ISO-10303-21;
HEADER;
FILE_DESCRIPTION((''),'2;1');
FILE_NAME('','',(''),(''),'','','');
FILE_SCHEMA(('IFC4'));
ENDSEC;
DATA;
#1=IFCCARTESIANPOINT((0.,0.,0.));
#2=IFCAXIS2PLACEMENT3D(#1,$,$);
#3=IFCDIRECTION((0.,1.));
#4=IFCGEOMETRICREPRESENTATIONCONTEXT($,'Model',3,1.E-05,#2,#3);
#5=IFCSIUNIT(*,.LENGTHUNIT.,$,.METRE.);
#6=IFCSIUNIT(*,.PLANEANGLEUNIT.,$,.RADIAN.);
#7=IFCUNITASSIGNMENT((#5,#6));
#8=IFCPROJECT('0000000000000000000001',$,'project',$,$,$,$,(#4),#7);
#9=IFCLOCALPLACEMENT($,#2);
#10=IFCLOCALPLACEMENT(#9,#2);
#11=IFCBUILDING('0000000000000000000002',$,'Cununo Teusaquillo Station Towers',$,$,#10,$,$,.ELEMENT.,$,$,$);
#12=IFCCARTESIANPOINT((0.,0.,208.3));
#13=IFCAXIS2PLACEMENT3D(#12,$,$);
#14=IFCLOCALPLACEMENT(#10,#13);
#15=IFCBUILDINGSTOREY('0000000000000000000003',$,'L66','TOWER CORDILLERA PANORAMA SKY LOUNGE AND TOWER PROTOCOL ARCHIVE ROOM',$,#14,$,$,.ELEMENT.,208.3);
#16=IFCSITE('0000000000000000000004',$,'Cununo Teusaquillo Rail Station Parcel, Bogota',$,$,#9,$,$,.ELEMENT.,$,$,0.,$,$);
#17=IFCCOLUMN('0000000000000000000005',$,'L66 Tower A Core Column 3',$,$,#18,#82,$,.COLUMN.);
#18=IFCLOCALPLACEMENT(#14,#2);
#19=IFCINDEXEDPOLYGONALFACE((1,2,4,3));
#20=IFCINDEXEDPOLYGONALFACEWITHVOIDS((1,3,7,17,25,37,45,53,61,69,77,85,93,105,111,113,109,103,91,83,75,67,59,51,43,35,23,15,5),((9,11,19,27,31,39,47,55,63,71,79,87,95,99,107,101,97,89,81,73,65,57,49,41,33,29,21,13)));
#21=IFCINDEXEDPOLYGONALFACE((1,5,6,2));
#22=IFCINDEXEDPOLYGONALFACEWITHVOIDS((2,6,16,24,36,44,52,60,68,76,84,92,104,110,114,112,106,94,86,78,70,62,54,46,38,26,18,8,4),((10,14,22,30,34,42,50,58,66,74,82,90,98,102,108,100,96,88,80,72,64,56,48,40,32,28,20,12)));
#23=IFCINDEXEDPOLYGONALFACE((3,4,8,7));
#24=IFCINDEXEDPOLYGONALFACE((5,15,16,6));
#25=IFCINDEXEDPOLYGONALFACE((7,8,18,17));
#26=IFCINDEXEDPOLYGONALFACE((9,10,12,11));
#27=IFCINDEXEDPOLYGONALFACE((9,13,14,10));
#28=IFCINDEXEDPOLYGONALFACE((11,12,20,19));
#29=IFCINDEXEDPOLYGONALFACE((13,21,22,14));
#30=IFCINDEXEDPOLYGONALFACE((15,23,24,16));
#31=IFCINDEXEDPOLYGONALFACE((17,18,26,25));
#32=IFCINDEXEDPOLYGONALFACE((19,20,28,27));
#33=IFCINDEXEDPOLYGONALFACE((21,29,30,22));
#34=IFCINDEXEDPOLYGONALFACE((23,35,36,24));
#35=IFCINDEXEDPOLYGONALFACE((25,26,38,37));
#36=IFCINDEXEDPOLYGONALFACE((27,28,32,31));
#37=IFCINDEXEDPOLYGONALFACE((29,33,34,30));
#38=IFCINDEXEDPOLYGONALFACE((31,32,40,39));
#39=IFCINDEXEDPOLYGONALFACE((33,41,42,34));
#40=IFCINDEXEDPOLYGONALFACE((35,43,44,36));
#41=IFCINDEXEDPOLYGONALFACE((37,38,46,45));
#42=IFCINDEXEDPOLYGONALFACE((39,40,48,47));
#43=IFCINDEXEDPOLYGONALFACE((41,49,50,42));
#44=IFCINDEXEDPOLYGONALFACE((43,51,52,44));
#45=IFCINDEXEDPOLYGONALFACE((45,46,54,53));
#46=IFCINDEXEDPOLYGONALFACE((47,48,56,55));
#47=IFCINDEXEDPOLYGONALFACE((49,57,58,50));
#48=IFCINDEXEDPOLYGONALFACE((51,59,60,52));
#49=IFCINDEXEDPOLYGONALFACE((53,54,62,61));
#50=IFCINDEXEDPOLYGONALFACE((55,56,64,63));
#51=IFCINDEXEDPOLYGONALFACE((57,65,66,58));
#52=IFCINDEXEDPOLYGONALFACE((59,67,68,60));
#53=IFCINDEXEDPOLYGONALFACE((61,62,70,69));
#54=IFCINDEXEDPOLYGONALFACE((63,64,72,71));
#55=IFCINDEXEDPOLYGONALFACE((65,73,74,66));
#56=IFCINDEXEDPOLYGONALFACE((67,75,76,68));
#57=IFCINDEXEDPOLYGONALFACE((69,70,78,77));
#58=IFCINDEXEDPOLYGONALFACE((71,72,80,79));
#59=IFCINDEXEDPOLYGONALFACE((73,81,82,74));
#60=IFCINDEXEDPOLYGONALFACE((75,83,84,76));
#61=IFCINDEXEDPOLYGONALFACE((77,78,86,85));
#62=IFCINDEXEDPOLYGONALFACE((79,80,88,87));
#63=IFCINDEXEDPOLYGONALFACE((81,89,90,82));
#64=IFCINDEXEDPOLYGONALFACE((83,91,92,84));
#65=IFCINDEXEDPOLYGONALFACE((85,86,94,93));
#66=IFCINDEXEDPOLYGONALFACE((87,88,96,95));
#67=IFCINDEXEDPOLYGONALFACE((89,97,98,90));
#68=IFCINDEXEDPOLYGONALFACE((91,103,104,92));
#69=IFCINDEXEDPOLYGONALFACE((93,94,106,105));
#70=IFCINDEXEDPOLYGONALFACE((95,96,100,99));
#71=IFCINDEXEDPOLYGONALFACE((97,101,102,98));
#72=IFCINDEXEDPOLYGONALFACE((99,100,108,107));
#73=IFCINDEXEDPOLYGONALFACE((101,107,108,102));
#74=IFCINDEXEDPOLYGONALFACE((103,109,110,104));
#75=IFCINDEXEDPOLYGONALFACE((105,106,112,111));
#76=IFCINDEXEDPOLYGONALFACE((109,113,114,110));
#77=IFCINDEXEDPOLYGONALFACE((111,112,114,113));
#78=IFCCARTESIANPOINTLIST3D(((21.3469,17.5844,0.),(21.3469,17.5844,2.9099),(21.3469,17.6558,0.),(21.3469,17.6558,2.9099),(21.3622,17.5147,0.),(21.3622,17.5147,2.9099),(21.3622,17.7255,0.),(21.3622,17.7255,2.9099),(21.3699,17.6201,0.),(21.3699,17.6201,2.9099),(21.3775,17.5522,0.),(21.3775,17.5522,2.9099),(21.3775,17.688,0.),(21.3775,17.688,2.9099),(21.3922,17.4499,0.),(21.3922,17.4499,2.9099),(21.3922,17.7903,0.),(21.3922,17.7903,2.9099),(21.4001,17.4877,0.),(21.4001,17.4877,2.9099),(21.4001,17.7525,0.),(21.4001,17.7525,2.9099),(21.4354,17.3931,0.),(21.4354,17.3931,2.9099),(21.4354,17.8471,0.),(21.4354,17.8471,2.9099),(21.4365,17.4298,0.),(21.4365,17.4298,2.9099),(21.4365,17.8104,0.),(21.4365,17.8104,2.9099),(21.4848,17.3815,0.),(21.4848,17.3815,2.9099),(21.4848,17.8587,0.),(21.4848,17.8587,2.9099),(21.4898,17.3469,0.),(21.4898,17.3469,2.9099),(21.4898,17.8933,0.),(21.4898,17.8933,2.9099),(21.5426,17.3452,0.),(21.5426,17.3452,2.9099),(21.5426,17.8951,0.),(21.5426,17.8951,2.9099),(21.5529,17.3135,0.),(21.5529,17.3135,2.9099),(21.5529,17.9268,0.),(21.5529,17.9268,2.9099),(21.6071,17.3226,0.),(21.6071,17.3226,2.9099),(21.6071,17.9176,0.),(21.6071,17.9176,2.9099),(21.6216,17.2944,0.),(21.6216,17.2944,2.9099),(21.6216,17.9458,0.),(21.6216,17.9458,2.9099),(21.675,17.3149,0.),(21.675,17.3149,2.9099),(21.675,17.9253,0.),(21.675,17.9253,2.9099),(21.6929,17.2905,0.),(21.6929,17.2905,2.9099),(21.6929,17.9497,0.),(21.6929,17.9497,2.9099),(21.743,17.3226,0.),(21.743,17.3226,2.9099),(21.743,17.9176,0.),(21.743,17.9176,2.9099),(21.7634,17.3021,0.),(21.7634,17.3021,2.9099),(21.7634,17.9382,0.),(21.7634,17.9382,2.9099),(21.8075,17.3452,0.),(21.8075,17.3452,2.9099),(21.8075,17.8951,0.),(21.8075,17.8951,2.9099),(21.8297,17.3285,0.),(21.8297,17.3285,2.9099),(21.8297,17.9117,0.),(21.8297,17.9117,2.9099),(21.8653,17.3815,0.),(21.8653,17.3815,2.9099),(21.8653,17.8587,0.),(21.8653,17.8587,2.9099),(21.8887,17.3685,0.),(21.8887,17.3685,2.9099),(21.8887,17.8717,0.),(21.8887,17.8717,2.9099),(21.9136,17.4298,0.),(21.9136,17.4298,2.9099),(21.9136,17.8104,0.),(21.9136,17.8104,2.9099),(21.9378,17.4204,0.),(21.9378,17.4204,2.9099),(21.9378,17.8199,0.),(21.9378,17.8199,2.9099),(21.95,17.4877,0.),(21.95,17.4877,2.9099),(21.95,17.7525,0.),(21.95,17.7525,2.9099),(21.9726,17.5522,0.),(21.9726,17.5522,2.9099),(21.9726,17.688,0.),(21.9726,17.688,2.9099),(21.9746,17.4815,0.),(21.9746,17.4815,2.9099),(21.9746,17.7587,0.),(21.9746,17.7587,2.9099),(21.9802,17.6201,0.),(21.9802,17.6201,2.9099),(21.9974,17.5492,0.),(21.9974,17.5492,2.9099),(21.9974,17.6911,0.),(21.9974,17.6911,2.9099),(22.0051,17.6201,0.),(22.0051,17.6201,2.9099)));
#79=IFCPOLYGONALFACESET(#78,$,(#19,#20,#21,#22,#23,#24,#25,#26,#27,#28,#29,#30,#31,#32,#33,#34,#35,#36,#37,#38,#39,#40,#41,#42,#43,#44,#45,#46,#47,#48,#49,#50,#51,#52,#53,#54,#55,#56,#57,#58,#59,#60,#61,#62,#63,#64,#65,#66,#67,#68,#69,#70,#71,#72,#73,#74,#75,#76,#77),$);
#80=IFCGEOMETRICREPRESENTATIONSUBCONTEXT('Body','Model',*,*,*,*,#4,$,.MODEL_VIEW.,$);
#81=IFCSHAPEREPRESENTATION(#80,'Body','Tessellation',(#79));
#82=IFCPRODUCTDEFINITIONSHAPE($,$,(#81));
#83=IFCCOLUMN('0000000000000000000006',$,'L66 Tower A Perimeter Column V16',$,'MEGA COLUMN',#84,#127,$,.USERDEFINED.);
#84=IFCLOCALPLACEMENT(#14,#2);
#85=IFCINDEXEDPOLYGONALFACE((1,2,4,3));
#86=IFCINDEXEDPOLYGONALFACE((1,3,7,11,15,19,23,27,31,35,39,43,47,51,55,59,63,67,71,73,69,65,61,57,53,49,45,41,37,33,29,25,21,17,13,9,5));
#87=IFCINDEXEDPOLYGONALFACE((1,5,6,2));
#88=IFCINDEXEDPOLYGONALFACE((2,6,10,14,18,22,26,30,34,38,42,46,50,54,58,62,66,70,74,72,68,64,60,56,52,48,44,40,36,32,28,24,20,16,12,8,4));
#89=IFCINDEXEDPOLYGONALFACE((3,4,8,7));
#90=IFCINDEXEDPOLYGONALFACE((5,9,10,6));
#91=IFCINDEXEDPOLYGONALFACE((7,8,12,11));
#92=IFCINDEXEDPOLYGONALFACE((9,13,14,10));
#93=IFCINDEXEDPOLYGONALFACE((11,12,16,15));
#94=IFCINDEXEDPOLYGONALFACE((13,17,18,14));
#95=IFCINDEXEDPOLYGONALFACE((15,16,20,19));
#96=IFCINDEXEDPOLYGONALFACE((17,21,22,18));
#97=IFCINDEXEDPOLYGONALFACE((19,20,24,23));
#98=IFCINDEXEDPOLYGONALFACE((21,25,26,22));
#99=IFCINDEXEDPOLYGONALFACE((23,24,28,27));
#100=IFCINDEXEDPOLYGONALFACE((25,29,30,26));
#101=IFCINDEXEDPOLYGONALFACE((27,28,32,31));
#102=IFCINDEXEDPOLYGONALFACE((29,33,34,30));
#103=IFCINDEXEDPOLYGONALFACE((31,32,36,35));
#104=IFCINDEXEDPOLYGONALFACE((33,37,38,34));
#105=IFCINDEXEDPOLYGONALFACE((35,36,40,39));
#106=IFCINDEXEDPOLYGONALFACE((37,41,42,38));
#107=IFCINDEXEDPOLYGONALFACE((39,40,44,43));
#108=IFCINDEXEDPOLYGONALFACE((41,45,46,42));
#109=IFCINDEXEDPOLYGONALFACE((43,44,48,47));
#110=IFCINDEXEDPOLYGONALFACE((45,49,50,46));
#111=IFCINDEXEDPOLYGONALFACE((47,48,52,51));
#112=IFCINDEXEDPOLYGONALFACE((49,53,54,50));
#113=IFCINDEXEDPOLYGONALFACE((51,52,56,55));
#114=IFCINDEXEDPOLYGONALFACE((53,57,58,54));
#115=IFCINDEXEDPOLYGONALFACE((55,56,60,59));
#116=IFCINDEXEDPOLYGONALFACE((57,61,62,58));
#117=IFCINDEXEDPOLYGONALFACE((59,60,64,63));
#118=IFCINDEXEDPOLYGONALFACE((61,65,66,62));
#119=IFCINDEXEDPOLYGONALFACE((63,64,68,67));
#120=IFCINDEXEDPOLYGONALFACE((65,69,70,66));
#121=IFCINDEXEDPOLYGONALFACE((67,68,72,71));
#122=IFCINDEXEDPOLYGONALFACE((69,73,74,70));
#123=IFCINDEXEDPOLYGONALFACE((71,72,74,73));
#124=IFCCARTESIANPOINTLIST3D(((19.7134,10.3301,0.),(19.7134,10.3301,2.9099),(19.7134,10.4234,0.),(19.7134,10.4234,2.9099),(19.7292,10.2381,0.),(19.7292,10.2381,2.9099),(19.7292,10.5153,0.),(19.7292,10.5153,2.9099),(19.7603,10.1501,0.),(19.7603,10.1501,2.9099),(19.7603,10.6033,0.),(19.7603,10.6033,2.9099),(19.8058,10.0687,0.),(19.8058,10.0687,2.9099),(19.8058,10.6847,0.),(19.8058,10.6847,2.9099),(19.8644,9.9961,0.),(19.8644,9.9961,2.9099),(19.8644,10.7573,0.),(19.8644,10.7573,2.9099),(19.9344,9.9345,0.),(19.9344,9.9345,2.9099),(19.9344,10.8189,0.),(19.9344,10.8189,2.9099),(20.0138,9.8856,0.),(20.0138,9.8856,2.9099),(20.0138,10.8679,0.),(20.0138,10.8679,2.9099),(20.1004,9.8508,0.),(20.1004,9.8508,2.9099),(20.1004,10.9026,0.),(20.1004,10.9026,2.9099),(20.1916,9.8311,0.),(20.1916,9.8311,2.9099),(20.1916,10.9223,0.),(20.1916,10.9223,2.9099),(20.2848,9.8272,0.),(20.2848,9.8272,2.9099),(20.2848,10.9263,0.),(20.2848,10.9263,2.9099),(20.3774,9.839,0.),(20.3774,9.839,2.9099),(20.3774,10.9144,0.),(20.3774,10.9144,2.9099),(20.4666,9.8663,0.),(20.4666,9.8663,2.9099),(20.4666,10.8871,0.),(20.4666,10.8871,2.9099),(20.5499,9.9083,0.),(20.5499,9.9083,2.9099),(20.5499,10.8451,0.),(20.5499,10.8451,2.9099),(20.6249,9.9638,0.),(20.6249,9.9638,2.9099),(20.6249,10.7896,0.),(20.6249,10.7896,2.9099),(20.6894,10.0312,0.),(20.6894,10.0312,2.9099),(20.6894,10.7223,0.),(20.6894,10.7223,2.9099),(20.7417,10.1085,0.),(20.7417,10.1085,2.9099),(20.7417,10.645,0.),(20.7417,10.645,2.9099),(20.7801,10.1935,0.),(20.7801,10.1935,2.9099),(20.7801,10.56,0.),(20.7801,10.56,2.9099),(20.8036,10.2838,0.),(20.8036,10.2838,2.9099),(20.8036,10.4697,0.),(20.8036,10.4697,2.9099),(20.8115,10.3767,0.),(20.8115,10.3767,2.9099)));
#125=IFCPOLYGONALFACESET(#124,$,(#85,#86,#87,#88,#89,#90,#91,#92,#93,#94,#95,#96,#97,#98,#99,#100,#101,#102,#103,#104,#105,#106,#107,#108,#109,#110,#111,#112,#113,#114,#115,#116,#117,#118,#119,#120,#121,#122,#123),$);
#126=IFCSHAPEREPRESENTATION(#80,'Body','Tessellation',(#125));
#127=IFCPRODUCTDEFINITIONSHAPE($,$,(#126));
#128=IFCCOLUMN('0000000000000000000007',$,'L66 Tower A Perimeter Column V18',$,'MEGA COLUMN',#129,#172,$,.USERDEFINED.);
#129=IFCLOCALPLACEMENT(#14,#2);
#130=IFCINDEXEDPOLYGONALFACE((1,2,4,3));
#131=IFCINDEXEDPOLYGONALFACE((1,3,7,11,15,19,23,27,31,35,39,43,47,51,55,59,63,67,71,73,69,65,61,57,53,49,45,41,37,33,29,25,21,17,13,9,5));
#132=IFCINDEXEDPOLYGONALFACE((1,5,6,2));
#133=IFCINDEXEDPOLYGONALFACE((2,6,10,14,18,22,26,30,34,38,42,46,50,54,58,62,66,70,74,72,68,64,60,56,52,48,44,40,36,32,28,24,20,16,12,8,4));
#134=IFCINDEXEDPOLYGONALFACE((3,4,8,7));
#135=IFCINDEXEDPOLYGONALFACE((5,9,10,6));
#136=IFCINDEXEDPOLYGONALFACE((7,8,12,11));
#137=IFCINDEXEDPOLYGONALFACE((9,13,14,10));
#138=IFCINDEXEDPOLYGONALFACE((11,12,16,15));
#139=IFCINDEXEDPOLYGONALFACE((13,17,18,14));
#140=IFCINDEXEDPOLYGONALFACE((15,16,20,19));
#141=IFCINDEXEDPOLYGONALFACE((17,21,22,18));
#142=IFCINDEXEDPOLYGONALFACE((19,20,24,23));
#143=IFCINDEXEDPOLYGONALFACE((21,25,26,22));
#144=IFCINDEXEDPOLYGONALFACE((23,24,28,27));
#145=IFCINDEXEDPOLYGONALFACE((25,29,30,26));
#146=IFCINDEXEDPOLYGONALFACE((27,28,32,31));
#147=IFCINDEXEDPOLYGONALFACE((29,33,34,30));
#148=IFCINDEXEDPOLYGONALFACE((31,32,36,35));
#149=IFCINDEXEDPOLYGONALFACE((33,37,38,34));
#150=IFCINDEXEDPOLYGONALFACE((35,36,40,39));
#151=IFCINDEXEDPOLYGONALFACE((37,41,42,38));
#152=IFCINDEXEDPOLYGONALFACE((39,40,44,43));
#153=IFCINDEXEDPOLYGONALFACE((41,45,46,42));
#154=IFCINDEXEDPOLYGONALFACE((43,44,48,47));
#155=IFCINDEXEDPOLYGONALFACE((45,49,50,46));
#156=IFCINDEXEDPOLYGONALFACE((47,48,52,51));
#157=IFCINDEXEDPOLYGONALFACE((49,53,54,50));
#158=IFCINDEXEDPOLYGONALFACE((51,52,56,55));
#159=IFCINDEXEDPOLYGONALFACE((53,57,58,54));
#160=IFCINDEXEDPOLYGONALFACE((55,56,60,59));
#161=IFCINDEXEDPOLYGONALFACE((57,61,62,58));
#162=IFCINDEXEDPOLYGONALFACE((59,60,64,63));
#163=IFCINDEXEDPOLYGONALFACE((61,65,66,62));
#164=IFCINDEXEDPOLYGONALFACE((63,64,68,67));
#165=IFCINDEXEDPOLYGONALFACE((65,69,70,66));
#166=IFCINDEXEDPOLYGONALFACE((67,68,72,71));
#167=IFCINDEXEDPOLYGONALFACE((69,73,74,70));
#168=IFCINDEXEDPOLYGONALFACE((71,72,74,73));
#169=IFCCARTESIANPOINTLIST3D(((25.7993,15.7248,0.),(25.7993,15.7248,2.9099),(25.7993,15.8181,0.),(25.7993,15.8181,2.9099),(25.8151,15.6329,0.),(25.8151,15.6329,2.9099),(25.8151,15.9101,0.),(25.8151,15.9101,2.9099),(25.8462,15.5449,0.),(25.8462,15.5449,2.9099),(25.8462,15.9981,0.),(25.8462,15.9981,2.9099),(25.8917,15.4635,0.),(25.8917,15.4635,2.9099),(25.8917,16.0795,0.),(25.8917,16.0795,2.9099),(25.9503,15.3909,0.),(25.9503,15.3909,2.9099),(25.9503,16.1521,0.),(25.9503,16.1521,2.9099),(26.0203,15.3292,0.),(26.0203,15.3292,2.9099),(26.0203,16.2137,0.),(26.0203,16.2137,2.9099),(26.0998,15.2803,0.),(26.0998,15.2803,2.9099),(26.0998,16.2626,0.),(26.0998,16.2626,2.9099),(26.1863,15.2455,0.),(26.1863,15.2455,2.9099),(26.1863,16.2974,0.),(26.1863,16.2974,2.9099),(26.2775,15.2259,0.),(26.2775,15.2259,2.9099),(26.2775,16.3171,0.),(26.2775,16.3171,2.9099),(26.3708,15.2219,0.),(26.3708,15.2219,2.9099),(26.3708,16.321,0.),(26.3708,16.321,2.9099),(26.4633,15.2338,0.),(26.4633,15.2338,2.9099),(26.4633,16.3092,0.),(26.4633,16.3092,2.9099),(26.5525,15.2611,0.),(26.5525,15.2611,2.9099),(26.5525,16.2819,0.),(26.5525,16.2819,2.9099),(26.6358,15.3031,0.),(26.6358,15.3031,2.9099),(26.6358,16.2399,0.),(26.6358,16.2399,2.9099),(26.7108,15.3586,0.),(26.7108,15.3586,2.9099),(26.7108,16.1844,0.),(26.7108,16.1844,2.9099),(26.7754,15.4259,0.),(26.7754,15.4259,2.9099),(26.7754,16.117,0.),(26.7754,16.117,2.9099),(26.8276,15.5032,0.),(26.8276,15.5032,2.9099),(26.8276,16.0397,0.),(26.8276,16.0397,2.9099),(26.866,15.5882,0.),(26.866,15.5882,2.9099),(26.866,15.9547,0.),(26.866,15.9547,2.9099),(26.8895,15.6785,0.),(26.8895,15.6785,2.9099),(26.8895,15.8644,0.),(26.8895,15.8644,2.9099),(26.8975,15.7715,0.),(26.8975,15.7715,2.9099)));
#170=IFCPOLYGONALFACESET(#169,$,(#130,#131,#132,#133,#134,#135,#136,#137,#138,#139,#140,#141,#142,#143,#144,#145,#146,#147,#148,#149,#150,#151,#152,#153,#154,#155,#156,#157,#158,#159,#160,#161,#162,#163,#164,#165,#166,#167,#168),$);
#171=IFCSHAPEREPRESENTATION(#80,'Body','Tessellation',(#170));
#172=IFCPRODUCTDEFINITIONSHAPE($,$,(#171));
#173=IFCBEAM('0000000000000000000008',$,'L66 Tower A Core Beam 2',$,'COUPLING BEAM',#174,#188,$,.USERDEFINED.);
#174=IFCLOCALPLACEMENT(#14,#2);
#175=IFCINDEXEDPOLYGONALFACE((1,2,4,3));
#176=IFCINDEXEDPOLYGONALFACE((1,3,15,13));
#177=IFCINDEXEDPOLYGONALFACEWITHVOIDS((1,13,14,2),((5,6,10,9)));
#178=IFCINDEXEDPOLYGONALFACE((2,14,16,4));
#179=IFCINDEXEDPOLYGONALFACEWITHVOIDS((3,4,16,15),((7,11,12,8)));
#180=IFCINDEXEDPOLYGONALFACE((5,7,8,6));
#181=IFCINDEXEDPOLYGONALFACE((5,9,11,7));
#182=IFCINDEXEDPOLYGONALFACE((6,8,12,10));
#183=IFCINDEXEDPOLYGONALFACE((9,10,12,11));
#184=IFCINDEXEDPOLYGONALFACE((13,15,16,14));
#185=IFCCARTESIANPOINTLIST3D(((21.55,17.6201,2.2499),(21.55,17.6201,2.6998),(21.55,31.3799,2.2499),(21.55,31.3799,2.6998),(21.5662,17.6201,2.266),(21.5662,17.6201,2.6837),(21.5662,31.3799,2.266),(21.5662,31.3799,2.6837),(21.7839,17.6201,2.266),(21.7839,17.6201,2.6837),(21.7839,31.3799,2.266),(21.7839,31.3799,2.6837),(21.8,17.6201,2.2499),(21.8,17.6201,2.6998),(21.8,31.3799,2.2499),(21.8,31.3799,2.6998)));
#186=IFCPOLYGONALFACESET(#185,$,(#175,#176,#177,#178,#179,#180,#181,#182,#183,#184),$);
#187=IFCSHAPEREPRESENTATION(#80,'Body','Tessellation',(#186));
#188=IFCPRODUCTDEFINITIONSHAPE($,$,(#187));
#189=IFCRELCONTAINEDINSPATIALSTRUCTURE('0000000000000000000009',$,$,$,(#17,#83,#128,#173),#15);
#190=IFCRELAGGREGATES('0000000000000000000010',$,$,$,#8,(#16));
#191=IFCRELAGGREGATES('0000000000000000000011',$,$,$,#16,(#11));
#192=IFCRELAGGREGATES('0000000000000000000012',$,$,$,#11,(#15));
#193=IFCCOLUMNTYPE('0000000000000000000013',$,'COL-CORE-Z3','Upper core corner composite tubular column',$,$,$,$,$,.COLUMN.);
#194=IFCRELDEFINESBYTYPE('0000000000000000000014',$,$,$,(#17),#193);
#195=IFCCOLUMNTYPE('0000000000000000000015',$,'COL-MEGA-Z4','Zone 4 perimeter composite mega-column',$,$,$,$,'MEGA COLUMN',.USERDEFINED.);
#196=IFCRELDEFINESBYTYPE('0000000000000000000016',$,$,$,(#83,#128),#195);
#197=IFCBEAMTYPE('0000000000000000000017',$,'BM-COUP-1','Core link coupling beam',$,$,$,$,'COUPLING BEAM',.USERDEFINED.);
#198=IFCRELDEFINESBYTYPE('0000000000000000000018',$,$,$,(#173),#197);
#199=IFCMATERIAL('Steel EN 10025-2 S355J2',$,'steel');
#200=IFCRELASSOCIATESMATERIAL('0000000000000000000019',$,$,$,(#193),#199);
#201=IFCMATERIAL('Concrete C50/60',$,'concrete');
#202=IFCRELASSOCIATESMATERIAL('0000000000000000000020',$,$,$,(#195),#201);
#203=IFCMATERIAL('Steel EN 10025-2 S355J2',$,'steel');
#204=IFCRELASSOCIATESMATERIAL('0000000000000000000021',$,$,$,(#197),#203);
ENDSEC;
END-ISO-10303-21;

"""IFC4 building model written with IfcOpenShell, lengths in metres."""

from ifc_helpers import new_model, si_unit, direction, frame, origin, origin_2d, place, context, subcontext, project, spatial, hollow_rectangle, circle, hollow_circle, extrude, material, material_profile, profile_set, type_object, element, save


model = new_model("IFC4")

# Units and contexts
model_context = context("Model", 3, precision=1e-05, world=origin(), true_north=direction((0.0, 1.0)))
body_context = subcontext(model_context, "Body", "Model", "MODEL_VIEW")
ifc_project = project(units=[si_unit("LENGTHUNIT", "METRE"), si_unit("PLANEANGLEUNIT", "RADIAN")], contexts=[model_context])

# Site, building, storey
site_placement = place(None, origin())
site = spatial("IfcSite", under=ifc_project, at=site_placement, Name="Cununo Teusaquillo Rail Station Parcel, Bogota", CompositionType="ELEMENT", RefElevation=0.0)
building_placement = place(site_placement, origin())
building = spatial("IfcBuilding", under=site, at=building_placement, Name="Cununo Teusaquillo Station Towers", CompositionType="ELEMENT")
storey_placement = place(building_placement, frame((0.0, 0.0, 208.3)))
storey = spatial("IfcBuildingStorey", under=building, at=storey_placement, Name="L66", Description="TOWER CORDILLERA PANORAMA SKY LOUNGE AND TOWER PROTOCOL ARCHIVE ROOM", CompositionType="ELEMENT", Elevation=208.3)

# Columns
ifc_material_1 = material(Name="Steel EN 10025-2 S355J2", Category="steel")
ifc_material_profile_1 = material_profile(ifc_material_1, hollow_circle(Radius=0.3301, WallThickness=0.0249, at=origin_2d()), Name="CHS 660x25")
ifc_profile_set_1 = profile_set([ifc_material_profile_1], Name="Steel EN 10025-2 S355J2")
column_type_1 = type_object("IfcColumnType", Name="COL-CORE-Z3", Description="Upper core corner composite tubular column", PredefinedType="COLUMN", material=ifc_profile_set_1)
column_placement = place(storey_placement, frame((21.675, 17.6201, 0.0), z_axis=(0.0, 0.0, 1.0), x_axis=(1.0, 0.0, 0.0)))
element("IfcColumn", 1, at=column_placement, inside=storey, type_object=column_type_1, Name="L66 Tower A Core Column 3", PredefinedType="COLUMN", context=body_context, shape_type="SweptSolid", body=[
    extrude(hollow_circle(Radius=0.3301, WallThickness=0.0249, at=origin_2d()), origin(), (0.0, 0.0, 1.0), 2.9099),
])
ifc_material_2 = material(Name="Concrete C50/60", Category="concrete")
ifc_material_profile_2 = material_profile(ifc_material_2, circle(Radius=0.55, at=origin_2d()), Name="RC-CIRC-1100")
ifc_profile_set_2 = profile_set([ifc_material_profile_2], Name="Concrete C50/60")
column_type_2 = type_object("IfcColumnType", Name="COL-MEGA-Z4", Description="Zone 4 perimeter composite mega-column", ElementType="MEGA COLUMN", PredefinedType="USERDEFINED", material=ifc_profile_set_2)
for number, where, z_axis, x_axis, name in (
    (2, (20.2615, 10.3767, 0.0), (0.0, 0.0, 1.0), (1.0, 0.0, 0.0), "L66 Tower A Perimeter Column V16"),
    (3, (26.3474, 15.7715, 0.0), (0.0, 0.0, 1.0), (1.0, 0.0, 0.0), "L66 Tower A Perimeter Column V18"),
):
    element("IfcColumn", number, at=place(storey_placement, frame(where, z_axis=z_axis, x_axis=x_axis)), inside=storey, type_object=column_type_2, Name=name, ObjectType="MEGA COLUMN", PredefinedType="USERDEFINED", context=body_context, shape_type="SweptSolid", body=[
        extrude(circle(Radius=0.55, at=origin_2d()), origin(), (0.0, 0.0, 1.0), 2.9099),
    ])

# Beam
ifc_material_3 = material(Name="Steel EN 10025-2 S355J2", Category="steel")
ifc_material_profile_3 = material_profile(ifc_material_3, hollow_rectangle(XDim=0.25, YDim=0.45, WallThickness=0.0161, at=origin_2d()), Name="RHS 450x250x16")
ifc_profile_set_3 = profile_set([ifc_material_profile_3], Name="Steel EN 10025-2 S355J2")
beam_type_1 = type_object("IfcBeamType", Name="BM-COUP-1", Description="Core link coupling beam", ElementType="COUPLING BEAM", PredefinedType="USERDEFINED", material=ifc_profile_set_3)
beam_1_placement = place(storey_placement, frame((21.675, 17.6201, 2.4749), z_axis=(0.0, 1.0, 0.0), x_axis=(-1.0, 0.0, 0.0)))
element("IfcBeam", 4, at=beam_1_placement, inside=storey, type_object=beam_type_1, Name="L66 Tower A Core Beam 2", ObjectType="COUPLING BEAM", PredefinedType="USERDEFINED", context=body_context, shape_type="SweptSolid", body=[
    extrude(hollow_rectangle(XDim=0.25, YDim=0.45, WallThickness=0.0161, at=origin_2d()), origin(), (0.0, 0.0, 1.0), 13.7598),
])

save(model, "model.ifc")
